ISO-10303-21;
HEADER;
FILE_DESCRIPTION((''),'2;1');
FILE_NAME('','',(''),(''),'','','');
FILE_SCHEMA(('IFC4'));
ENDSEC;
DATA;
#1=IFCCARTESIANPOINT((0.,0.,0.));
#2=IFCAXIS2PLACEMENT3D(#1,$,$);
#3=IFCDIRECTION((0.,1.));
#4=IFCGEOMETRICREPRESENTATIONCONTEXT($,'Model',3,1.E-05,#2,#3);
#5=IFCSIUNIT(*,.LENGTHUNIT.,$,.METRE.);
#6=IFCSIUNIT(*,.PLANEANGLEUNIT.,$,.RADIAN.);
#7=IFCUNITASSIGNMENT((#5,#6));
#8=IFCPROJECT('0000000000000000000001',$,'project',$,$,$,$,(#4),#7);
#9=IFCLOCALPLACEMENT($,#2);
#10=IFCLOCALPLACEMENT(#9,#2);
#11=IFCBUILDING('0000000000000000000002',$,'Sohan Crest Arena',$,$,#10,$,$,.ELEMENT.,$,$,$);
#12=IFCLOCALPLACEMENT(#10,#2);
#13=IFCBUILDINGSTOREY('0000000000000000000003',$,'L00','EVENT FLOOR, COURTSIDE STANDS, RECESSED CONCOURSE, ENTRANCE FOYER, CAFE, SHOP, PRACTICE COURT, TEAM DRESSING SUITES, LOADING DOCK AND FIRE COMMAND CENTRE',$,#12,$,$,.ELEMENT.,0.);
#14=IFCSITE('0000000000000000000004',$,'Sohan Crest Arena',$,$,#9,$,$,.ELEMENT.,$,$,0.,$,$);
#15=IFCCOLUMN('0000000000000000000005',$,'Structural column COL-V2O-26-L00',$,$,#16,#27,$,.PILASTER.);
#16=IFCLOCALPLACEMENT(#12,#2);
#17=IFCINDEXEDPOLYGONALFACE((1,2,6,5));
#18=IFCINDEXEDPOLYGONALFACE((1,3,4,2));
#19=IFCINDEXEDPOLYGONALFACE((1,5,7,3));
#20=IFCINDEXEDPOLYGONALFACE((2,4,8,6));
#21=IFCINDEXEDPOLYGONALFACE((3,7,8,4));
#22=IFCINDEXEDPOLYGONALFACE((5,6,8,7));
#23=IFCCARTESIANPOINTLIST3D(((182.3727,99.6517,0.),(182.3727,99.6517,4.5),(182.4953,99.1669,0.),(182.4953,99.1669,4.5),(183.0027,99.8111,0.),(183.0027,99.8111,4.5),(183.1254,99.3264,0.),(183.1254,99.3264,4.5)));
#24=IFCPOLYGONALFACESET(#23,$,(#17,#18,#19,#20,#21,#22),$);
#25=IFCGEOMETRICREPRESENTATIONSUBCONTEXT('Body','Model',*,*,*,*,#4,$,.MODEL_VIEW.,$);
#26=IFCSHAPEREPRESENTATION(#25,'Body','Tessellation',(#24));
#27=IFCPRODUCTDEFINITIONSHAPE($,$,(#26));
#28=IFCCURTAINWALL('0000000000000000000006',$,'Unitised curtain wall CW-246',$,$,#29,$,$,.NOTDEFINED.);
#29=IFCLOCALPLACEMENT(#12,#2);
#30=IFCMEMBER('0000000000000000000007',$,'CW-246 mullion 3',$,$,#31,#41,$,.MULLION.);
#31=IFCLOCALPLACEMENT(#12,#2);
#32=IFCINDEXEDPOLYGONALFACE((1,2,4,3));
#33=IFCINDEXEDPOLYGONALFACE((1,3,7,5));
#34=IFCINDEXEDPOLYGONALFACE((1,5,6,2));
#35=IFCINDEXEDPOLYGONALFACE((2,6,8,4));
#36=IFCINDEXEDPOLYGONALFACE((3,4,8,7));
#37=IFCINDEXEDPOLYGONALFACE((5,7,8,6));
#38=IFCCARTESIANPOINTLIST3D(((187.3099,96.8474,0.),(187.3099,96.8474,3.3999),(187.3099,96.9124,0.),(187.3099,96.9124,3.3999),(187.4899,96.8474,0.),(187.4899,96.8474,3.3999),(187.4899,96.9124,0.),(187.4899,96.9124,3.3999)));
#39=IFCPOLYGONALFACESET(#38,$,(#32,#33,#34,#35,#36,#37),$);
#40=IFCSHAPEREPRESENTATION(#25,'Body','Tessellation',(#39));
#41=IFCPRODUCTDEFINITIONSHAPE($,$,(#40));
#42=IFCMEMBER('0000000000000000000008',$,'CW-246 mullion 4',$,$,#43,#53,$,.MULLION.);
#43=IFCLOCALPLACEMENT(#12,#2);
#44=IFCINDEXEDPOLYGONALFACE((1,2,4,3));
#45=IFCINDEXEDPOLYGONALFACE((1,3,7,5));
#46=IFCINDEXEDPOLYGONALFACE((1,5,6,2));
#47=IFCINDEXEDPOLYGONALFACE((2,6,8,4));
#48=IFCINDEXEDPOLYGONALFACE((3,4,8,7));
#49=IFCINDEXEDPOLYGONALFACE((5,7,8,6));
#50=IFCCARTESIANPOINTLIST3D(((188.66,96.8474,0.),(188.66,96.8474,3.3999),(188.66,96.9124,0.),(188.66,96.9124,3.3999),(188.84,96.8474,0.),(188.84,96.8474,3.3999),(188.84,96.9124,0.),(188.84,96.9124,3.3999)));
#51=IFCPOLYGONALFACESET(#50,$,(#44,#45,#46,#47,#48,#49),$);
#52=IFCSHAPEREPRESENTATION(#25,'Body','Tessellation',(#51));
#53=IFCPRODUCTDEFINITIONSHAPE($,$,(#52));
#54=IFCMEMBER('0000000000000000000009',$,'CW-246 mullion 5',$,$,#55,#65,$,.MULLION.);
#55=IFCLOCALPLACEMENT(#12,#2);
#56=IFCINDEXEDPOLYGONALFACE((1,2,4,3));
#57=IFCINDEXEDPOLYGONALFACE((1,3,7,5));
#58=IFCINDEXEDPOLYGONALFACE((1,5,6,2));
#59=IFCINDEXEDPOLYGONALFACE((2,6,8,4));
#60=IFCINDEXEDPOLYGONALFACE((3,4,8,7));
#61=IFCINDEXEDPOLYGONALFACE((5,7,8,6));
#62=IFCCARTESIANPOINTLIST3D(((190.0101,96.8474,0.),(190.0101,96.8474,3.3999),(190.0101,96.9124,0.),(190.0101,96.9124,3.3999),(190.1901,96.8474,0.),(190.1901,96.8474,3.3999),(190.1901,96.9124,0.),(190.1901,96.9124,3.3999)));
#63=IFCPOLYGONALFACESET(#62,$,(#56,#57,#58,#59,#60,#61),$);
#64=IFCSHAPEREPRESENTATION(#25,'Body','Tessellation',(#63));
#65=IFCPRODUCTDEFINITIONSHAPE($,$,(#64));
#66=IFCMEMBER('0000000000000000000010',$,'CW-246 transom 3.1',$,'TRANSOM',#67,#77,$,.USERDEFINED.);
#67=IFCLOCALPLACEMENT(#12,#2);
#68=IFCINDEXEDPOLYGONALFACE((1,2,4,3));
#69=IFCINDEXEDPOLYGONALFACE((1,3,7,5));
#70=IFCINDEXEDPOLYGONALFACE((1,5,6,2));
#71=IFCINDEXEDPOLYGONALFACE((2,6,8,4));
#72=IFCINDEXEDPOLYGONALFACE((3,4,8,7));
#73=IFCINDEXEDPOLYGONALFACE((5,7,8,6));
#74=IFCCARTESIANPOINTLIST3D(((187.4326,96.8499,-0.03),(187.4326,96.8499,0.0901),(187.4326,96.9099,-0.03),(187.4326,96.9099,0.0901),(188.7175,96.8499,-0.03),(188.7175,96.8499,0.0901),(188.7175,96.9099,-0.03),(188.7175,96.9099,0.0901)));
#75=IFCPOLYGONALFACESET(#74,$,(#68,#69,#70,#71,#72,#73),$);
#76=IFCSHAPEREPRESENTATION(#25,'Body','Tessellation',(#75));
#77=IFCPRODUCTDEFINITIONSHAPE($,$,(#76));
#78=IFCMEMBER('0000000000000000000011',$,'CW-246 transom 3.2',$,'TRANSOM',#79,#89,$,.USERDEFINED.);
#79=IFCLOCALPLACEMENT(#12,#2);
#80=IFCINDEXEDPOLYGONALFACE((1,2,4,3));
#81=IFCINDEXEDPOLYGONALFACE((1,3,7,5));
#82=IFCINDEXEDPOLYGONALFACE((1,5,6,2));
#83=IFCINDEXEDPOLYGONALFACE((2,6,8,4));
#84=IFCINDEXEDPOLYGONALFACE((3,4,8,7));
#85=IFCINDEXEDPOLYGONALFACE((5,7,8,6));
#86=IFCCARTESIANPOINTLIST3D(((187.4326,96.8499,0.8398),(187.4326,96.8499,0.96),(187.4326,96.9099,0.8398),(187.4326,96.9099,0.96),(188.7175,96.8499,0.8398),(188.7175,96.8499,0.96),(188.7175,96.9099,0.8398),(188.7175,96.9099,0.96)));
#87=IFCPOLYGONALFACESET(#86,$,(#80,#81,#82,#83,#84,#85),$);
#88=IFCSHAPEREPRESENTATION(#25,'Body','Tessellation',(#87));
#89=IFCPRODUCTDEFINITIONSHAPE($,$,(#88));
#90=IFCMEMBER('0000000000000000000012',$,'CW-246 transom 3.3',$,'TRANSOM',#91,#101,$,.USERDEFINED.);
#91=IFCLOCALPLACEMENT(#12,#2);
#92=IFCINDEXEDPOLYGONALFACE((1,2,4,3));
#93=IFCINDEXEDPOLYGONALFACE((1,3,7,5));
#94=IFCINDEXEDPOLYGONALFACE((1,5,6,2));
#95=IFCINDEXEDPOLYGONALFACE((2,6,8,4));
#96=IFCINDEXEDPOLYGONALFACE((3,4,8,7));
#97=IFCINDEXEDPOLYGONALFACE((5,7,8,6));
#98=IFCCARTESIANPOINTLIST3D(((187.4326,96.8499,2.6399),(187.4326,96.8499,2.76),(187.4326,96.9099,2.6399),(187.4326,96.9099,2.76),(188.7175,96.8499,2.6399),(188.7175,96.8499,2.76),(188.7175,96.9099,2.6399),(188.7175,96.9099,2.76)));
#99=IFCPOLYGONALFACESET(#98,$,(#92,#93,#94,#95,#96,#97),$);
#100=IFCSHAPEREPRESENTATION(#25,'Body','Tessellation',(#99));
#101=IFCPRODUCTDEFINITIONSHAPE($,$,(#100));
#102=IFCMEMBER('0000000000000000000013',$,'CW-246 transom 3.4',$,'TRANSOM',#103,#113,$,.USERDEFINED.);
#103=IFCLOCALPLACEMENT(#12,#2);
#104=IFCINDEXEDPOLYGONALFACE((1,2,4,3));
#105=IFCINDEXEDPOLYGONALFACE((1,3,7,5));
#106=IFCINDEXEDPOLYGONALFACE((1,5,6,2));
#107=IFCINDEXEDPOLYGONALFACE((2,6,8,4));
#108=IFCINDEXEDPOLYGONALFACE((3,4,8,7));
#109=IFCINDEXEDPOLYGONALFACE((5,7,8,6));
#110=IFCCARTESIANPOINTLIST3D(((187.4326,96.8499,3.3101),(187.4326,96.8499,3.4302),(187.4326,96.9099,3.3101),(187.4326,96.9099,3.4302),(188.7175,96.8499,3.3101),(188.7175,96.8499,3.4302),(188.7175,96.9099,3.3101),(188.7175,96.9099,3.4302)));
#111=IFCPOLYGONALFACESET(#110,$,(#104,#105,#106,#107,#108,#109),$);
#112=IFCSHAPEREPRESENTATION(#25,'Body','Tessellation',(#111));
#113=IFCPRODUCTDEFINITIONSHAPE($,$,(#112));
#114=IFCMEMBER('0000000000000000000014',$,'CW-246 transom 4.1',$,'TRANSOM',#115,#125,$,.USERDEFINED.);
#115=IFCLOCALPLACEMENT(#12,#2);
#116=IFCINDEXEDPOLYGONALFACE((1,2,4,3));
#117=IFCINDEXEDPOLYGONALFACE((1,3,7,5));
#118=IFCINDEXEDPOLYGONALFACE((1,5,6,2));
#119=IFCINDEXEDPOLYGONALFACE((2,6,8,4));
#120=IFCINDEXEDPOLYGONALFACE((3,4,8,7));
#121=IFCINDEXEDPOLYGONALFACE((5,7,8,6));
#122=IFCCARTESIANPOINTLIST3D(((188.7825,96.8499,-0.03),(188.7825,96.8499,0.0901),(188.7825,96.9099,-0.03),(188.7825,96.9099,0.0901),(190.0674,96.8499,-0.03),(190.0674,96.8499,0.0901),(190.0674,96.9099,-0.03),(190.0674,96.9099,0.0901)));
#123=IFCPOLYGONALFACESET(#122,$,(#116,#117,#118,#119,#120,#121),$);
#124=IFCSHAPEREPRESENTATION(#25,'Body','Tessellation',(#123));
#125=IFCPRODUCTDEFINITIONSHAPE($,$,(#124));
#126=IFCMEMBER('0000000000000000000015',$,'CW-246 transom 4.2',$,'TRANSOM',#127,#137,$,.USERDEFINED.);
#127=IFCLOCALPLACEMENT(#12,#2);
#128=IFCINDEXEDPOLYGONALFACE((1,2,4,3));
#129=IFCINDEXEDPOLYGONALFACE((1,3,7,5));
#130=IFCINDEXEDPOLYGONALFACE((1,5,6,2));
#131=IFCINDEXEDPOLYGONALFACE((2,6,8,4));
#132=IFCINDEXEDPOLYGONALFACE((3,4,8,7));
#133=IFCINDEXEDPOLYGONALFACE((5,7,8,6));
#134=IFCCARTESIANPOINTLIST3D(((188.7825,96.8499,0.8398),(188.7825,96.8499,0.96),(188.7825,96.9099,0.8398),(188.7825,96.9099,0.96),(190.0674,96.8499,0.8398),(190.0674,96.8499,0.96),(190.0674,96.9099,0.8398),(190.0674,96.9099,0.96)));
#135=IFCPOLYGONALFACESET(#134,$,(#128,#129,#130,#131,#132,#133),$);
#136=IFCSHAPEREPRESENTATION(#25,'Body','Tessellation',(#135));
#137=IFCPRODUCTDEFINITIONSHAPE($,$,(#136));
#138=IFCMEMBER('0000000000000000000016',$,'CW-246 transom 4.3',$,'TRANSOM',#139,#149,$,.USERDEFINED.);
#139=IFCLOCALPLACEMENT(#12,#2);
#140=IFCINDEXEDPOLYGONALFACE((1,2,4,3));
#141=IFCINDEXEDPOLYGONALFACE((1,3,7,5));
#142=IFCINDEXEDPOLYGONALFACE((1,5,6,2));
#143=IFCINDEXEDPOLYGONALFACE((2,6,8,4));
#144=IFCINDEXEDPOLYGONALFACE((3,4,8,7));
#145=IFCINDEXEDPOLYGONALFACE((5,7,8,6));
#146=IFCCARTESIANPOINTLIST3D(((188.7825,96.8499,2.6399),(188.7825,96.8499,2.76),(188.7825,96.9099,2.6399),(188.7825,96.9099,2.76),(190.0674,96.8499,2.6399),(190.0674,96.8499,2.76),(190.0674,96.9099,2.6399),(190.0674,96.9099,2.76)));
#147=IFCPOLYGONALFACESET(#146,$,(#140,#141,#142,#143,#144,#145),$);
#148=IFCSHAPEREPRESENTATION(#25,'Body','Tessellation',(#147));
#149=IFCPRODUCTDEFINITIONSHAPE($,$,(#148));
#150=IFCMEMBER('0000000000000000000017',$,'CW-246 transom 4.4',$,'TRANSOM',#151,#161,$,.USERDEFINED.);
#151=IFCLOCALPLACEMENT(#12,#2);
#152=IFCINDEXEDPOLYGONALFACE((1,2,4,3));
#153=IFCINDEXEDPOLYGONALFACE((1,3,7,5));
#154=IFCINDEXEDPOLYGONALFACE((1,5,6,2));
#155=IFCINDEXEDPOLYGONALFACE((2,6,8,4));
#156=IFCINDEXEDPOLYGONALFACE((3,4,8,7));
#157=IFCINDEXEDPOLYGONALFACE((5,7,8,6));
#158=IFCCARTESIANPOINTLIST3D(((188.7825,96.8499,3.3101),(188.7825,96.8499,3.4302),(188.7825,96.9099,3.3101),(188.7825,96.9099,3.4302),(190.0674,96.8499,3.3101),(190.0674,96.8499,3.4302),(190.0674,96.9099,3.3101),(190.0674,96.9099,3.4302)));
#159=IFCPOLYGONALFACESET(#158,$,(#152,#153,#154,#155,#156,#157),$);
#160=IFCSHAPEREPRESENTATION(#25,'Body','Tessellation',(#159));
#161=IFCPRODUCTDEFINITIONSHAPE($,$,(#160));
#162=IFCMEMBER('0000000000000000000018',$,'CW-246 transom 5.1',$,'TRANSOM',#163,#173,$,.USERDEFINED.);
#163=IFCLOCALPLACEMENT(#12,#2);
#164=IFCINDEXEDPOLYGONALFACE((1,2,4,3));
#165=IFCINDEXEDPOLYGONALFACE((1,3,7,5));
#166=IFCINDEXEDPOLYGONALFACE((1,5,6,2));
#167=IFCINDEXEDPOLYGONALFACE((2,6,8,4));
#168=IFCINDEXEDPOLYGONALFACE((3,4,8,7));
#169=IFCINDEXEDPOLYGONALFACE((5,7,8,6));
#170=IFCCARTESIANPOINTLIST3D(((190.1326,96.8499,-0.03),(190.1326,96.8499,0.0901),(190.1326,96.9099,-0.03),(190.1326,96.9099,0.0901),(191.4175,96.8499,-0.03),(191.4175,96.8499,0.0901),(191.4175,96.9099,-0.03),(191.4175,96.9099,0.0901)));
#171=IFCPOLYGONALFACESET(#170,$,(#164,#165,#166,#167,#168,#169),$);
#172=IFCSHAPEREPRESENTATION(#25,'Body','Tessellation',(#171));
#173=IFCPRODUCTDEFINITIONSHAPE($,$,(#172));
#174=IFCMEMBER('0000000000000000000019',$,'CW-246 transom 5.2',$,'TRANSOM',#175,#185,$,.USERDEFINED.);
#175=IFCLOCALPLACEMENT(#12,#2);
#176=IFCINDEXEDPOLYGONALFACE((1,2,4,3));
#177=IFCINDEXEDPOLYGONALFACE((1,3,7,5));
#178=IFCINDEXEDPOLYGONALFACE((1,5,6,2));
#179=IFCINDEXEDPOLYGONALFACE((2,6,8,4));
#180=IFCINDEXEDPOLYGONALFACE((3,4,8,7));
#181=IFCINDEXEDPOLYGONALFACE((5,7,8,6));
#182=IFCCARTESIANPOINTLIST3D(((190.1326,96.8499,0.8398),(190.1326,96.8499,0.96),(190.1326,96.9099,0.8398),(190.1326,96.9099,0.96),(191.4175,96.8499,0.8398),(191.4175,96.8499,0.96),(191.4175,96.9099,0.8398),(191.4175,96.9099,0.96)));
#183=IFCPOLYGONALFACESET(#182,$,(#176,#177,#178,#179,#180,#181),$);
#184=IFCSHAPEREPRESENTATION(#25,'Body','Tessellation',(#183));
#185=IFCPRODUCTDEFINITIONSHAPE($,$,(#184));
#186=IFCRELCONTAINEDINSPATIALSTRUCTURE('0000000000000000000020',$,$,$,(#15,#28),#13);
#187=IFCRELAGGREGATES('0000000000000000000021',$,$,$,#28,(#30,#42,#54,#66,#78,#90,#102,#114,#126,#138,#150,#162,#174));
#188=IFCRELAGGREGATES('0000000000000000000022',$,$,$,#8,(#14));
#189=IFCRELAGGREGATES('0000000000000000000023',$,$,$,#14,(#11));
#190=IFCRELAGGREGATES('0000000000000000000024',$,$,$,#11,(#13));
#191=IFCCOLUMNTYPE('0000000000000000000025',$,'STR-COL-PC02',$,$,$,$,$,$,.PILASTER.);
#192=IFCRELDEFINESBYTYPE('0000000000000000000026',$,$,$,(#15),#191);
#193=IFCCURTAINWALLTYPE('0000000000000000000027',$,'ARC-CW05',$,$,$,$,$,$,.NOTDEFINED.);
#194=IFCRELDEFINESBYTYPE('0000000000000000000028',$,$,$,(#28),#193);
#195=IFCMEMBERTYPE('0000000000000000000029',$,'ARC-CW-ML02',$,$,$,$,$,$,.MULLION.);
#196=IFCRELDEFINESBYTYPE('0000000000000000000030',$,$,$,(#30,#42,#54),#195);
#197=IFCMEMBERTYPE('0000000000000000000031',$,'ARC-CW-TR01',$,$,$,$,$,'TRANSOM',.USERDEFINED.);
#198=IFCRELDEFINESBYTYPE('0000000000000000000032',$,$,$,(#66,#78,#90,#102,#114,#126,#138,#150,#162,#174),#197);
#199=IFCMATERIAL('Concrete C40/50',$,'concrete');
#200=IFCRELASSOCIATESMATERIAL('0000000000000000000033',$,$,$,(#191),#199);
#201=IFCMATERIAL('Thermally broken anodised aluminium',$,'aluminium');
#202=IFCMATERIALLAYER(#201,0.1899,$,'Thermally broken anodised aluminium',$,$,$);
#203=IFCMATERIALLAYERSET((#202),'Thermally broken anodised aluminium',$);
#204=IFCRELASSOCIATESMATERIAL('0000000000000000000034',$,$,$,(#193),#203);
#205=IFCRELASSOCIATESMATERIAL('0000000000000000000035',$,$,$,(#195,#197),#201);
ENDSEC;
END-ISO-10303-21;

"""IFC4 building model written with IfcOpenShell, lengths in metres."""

from ifc_helpers import new_model, si_unit, direction, frame, origin, origin_2d, place, context, subcontext, project, spatial, rectangle, extrude, material, layer, layer_set, material_profile, profile_set, type_object, element, aggregate, save


model = new_model("IFC4")

# Units and contexts
model_context = context("Model", 3, precision=1e-05, world=origin(), true_north=direction((0.0, 1.0)))
body_context = subcontext(model_context, "Body", "Model", "MODEL_VIEW")
ifc_project = project(units=[si_unit("LENGTHUNIT", "METRE"), si_unit("PLANEANGLEUNIT", "RADIAN")], contexts=[model_context])

# Site, building, storey
site_placement = place(None, origin())
site = spatial("IfcSite", under=ifc_project, at=site_placement, Name="Sohan Crest Arena", CompositionType="ELEMENT", RefElevation=0.0)
building_placement = place(site_placement, origin())
building = spatial("IfcBuilding", under=site, at=building_placement, Name="Sohan Crest Arena", CompositionType="ELEMENT")
storey_placement = place(building_placement, origin())
storey = spatial("IfcBuildingStorey", under=building, at=storey_placement, Name="L00", Description="EVENT FLOOR, COURTSIDE STANDS, RECESSED CONCOURSE, ENTRANCE FOYER, CAFE, SHOP, PRACTICE COURT, TEAM DRESSING SUITES, LOADING DOCK AND FIRE COMMAND CENTRE", CompositionType="ELEMENT", Elevation=0.0)

# Column
ifc_material_1 = material(Name="Concrete C40/50", Category="concrete")
ifc_material_profile_1 = material_profile(ifc_material_1, rectangle(XDim=0.6499, YDim=0.5, at=origin_2d()), Name="RC 650x500")
ifc_profile_set_1 = profile_set([ifc_material_profile_1], Name="Concrete C40/50")
column_type = type_object("IfcColumnType", Name="STR-COL-PC02", PredefinedType="PILASTER", material=ifc_profile_set_1)
column_placement = place(storey_placement, frame((182.749, 99.489, 0.0), z_axis=(0.0, 0.0, 1.0), x_axis=(0.969445, 0.245307, 0.0)))
element("IfcColumn", 1, at=column_placement, inside=storey, type_object=column_type, Name="Structural column COL-V2O-26-L00", PredefinedType="PILASTER", context=body_context, shape_type="SweptSolid", body=[
    extrude(rectangle(XDim=0.6499, YDim=0.5, at=origin_2d()), origin(), (0.0, 0.0, 1.0), 4.5),
])

# Curtain wall, members
ifc_material_2 = material(Name="Thermally broken anodised aluminium", Category="aluminium")
ifc_layer_1 = layer(ifc_material_2, 0.1899, Name="Thermally broken anodised aluminium")
ifc_layer_set_1 = layer_set([ifc_layer_1], Name="Thermally broken anodised aluminium")
curtain_wall_type = type_object("IfcCurtainWallType", Name="ARC-CW05", PredefinedType="NOTDEFINED", material=ifc_layer_set_1)
curtain_wall_placement = place(storey_placement, origin())
curtain_wall = element("IfcCurtainWall", 2, at=curtain_wall_placement, inside=storey, type_object=curtain_wall_type, Name="Unitised curtain wall CW-246", PredefinedType="NOTDEFINED")
ifc_material_profile_2 = material_profile(ifc_material_2, rectangle(XDim=0.0649, YDim=0.1799, at=origin_2d()), Name="ALU-MULL 65x180")
ifc_profile_set_2 = profile_set([ifc_material_profile_2], Name="Thermally broken anodised aluminium")
member_type_1 = type_object("IfcMemberType", Name="ARC-CW-ML02", PredefinedType="MULLION", material=ifc_profile_set_2)
member_1_placement = place(storey_placement, frame((187.3999, 96.8799, 0.0), z_axis=(0.0, 0.0, 1.0), x_axis=(0.0, 1.0, 0.0)))
member_1 = element("IfcMember", 3, at=member_1_placement, type_object=member_type_1, Name="CW-246 mullion 3", PredefinedType="MULLION", context=body_context, shape_type="SweptSolid", body=[
    extrude(rectangle(XDim=0.0649, YDim=0.1799, at=origin_2d()), origin(), (0.0, 0.0, 1.0), 3.3999),
])
member_2_placement = place(storey_placement, frame((188.75, 96.8799, 0.0), z_axis=(0.0, 0.0, 1.0), x_axis=(0.0, 1.0, 0.0)))
member_2 = element("IfcMember", 4, at=member_2_placement, type_object=member_type_1, Name="CW-246 mullion 4", PredefinedType="MULLION", context=body_context, shape_type="SweptSolid", body=[
    extrude(rectangle(XDim=0.0649, YDim=0.1799, at=origin_2d()), origin(), (0.0, 0.0, 1.0), 3.3999),
])
member_3_placement = place(storey_placement, frame((190.1001, 96.8799, 0.0), z_axis=(0.0, 0.0, 1.0), x_axis=(0.0, 1.0, 0.0)))
member_3 = element("IfcMember", 5, at=member_3_placement, type_object=member_type_1, Name="CW-246 mullion 5", PredefinedType="MULLION", context=body_context, shape_type="SweptSolid", body=[
    extrude(rectangle(XDim=0.0649, YDim=0.1799, at=origin_2d()), origin(), (0.0, 0.0, 1.0), 3.3999),
])
ifc_material_profile_3 = material_profile(ifc_material_2, rectangle(XDim=0.0601, YDim=0.1201, at=origin_2d()), Name="ALU-TRAN 60x120")
ifc_profile_set_3 = profile_set([ifc_material_profile_3], Name="Thermally broken anodised aluminium")
member_type_2 = type_object("IfcMemberType", Name="ARC-CW-TR01", ElementType="TRANSOM", PredefinedType="USERDEFINED", material=ifc_profile_set_3)
member_4_placement = place(storey_placement, frame((187.4326, 96.8799, 0.03), z_axis=(1.0, 0.0, 0.0), x_axis=(0.0, 1.0, 0.0)))
member_4 = element("IfcMember", 6, at=member_4_placement, type_object=member_type_2, Name="CW-246 transom 3.1", ObjectType="TRANSOM", PredefinedType="USERDEFINED", context=body_context, shape_type="SweptSolid", body=[
    extrude(rectangle(XDim=0.0601, YDim=0.1201, at=origin_2d()), origin(), (0.0, 0.0, 1.0), 1.2849),
])
member_5_placement = place(storey_placement, frame((187.4326, 96.8799, 0.8999), z_axis=(1.0, 0.0, 0.0), x_axis=(0.0, 1.0, 0.0)))
member_5 = element("IfcMember", 7, at=member_5_placement, type_object=member_type_2, Name="CW-246 transom 3.2", ObjectType="TRANSOM", PredefinedType="USERDEFINED", context=body_context, shape_type="SweptSolid", body=[
    extrude(rectangle(XDim=0.0601, YDim=0.1201, at=origin_2d()), origin(), (0.0, 0.0, 1.0), 1.2849),
])
member_6_placement = place(storey_placement, frame((187.4326, 96.8799, 2.7), z_axis=(1.0, 0.0, 0.0), x_axis=(0.0, 1.0, 0.0)))
member_6 = element("IfcMember", 8, at=member_6_placement, type_object=member_type_2, Name="CW-246 transom 3.3", ObjectType="TRANSOM", PredefinedType="USERDEFINED", context=body_context, shape_type="SweptSolid", body=[
    extrude(rectangle(XDim=0.0601, YDim=0.1201, at=origin_2d()), origin(), (0.0, 0.0, 1.0), 1.2849),
])
member_7_placement = place(storey_placement, frame((187.4326, 96.8799, 3.3701), z_axis=(1.0, 0.0, 0.0), x_axis=(0.0, 1.0, 0.0)))
member_7 = element("IfcMember", 9, at=member_7_placement, type_object=member_type_2, Name="CW-246 transom 3.4", ObjectType="TRANSOM", PredefinedType="USERDEFINED", context=body_context, shape_type="SweptSolid", body=[
    extrude(rectangle(XDim=0.0601, YDim=0.1201, at=origin_2d()), origin(), (0.0, 0.0, 1.0), 1.2849),
])
member_8_placement = place(storey_placement, frame((188.7825, 96.8799, 0.03), z_axis=(1.0, 0.0, 0.0), x_axis=(0.0, 1.0, 0.0)))
member_8 = element("IfcMember", 10, at=member_8_placement, type_object=member_type_2, Name="CW-246 transom 4.1", ObjectType="TRANSOM", PredefinedType="USERDEFINED", context=body_context, shape_type="SweptSolid", body=[
    extrude(rectangle(XDim=0.0601, YDim=0.1201, at=origin_2d()), origin(), (0.0, 0.0, 1.0), 1.2849),
])
member_9_placement = place(storey_placement, frame((188.7825, 96.8799, 0.8999), z_axis=(1.0, 0.0, 0.0), x_axis=(0.0, 1.0, 0.0)))
member_9 = element("IfcMember", 11, at=member_9_placement, type_object=member_type_2, Name="CW-246 transom 4.2", ObjectType="TRANSOM", PredefinedType="USERDEFINED", context=body_context, shape_type="SweptSolid", body=[
    extrude(rectangle(XDim=0.0601, YDim=0.1201, at=origin_2d()), origin(), (0.0, 0.0, 1.0), 1.2849),
])
member_10_placement = place(storey_placement, frame((188.7825, 96.8799, 2.7), z_axis=(1.0, 0.0, 0.0), x_axis=(0.0, 1.0, 0.0)))
member_10 = element("IfcMember", 12, at=member_10_placement, type_object=member_type_2, Name="CW-246 transom 4.3", ObjectType="TRANSOM", PredefinedType="USERDEFINED", context=body_context, shape_type="SweptSolid", body=[
    extrude(rectangle(XDim=0.0601, YDim=0.1201, at=origin_2d()), origin(), (0.0, 0.0, 1.0), 1.2849),
])
member_11_placement = place(storey_placement, frame((188.7825, 96.8799, 3.3701), z_axis=(1.0, 0.0, 0.0), x_axis=(0.0, 1.0, 0.0)))
member_11 = element("IfcMember", 13, at=member_11_placement, type_object=member_type_2, Name="CW-246 transom 4.4", ObjectType="TRANSOM", PredefinedType="USERDEFINED", context=body_context, shape_type="SweptSolid", body=[
    extrude(rectangle(XDim=0.0601, YDim=0.1201, at=origin_2d()), origin(), (0.0, 0.0, 1.0), 1.2849),
])
member_12_placement = place(storey_placement, frame((190.1326, 96.8799, 0.03), z_axis=(1.0, 0.0, 0.0), x_axis=(0.0, 1.0, 0.0)))
member_12 = element("IfcMember", 14, at=member_12_placement, type_object=member_type_2, Name="CW-246 transom 5.1", ObjectType="TRANSOM", PredefinedType="USERDEFINED", context=body_context, shape_type="SweptSolid", body=[
    extrude(rectangle(XDim=0.0601, YDim=0.1201, at=origin_2d()), origin(), (0.0, 0.0, 1.0), 1.2849),
])
member_13_placement = place(storey_placement, frame((190.1326, 96.8799, 0.8999), z_axis=(1.0, 0.0, 0.0), x_axis=(0.0, 1.0, 0.0)))
member_13 = element("IfcMember", 15, at=member_13_placement, type_object=member_type_2, Name="CW-246 transom 5.2", ObjectType="TRANSOM", PredefinedType="USERDEFINED", context=body_context, shape_type="SweptSolid", body=[
    extrude(rectangle(XDim=0.0601, YDim=0.1201, at=origin_2d()), origin(), (0.0, 0.0, 1.0), 1.2849),
])

aggregate(curtain_wall, [member_1, member_2, member_3, member_4, member_5, member_6, member_7, member_8, member_9, member_10, member_11, member_12, member_13])

save(model, "model.ifc")
